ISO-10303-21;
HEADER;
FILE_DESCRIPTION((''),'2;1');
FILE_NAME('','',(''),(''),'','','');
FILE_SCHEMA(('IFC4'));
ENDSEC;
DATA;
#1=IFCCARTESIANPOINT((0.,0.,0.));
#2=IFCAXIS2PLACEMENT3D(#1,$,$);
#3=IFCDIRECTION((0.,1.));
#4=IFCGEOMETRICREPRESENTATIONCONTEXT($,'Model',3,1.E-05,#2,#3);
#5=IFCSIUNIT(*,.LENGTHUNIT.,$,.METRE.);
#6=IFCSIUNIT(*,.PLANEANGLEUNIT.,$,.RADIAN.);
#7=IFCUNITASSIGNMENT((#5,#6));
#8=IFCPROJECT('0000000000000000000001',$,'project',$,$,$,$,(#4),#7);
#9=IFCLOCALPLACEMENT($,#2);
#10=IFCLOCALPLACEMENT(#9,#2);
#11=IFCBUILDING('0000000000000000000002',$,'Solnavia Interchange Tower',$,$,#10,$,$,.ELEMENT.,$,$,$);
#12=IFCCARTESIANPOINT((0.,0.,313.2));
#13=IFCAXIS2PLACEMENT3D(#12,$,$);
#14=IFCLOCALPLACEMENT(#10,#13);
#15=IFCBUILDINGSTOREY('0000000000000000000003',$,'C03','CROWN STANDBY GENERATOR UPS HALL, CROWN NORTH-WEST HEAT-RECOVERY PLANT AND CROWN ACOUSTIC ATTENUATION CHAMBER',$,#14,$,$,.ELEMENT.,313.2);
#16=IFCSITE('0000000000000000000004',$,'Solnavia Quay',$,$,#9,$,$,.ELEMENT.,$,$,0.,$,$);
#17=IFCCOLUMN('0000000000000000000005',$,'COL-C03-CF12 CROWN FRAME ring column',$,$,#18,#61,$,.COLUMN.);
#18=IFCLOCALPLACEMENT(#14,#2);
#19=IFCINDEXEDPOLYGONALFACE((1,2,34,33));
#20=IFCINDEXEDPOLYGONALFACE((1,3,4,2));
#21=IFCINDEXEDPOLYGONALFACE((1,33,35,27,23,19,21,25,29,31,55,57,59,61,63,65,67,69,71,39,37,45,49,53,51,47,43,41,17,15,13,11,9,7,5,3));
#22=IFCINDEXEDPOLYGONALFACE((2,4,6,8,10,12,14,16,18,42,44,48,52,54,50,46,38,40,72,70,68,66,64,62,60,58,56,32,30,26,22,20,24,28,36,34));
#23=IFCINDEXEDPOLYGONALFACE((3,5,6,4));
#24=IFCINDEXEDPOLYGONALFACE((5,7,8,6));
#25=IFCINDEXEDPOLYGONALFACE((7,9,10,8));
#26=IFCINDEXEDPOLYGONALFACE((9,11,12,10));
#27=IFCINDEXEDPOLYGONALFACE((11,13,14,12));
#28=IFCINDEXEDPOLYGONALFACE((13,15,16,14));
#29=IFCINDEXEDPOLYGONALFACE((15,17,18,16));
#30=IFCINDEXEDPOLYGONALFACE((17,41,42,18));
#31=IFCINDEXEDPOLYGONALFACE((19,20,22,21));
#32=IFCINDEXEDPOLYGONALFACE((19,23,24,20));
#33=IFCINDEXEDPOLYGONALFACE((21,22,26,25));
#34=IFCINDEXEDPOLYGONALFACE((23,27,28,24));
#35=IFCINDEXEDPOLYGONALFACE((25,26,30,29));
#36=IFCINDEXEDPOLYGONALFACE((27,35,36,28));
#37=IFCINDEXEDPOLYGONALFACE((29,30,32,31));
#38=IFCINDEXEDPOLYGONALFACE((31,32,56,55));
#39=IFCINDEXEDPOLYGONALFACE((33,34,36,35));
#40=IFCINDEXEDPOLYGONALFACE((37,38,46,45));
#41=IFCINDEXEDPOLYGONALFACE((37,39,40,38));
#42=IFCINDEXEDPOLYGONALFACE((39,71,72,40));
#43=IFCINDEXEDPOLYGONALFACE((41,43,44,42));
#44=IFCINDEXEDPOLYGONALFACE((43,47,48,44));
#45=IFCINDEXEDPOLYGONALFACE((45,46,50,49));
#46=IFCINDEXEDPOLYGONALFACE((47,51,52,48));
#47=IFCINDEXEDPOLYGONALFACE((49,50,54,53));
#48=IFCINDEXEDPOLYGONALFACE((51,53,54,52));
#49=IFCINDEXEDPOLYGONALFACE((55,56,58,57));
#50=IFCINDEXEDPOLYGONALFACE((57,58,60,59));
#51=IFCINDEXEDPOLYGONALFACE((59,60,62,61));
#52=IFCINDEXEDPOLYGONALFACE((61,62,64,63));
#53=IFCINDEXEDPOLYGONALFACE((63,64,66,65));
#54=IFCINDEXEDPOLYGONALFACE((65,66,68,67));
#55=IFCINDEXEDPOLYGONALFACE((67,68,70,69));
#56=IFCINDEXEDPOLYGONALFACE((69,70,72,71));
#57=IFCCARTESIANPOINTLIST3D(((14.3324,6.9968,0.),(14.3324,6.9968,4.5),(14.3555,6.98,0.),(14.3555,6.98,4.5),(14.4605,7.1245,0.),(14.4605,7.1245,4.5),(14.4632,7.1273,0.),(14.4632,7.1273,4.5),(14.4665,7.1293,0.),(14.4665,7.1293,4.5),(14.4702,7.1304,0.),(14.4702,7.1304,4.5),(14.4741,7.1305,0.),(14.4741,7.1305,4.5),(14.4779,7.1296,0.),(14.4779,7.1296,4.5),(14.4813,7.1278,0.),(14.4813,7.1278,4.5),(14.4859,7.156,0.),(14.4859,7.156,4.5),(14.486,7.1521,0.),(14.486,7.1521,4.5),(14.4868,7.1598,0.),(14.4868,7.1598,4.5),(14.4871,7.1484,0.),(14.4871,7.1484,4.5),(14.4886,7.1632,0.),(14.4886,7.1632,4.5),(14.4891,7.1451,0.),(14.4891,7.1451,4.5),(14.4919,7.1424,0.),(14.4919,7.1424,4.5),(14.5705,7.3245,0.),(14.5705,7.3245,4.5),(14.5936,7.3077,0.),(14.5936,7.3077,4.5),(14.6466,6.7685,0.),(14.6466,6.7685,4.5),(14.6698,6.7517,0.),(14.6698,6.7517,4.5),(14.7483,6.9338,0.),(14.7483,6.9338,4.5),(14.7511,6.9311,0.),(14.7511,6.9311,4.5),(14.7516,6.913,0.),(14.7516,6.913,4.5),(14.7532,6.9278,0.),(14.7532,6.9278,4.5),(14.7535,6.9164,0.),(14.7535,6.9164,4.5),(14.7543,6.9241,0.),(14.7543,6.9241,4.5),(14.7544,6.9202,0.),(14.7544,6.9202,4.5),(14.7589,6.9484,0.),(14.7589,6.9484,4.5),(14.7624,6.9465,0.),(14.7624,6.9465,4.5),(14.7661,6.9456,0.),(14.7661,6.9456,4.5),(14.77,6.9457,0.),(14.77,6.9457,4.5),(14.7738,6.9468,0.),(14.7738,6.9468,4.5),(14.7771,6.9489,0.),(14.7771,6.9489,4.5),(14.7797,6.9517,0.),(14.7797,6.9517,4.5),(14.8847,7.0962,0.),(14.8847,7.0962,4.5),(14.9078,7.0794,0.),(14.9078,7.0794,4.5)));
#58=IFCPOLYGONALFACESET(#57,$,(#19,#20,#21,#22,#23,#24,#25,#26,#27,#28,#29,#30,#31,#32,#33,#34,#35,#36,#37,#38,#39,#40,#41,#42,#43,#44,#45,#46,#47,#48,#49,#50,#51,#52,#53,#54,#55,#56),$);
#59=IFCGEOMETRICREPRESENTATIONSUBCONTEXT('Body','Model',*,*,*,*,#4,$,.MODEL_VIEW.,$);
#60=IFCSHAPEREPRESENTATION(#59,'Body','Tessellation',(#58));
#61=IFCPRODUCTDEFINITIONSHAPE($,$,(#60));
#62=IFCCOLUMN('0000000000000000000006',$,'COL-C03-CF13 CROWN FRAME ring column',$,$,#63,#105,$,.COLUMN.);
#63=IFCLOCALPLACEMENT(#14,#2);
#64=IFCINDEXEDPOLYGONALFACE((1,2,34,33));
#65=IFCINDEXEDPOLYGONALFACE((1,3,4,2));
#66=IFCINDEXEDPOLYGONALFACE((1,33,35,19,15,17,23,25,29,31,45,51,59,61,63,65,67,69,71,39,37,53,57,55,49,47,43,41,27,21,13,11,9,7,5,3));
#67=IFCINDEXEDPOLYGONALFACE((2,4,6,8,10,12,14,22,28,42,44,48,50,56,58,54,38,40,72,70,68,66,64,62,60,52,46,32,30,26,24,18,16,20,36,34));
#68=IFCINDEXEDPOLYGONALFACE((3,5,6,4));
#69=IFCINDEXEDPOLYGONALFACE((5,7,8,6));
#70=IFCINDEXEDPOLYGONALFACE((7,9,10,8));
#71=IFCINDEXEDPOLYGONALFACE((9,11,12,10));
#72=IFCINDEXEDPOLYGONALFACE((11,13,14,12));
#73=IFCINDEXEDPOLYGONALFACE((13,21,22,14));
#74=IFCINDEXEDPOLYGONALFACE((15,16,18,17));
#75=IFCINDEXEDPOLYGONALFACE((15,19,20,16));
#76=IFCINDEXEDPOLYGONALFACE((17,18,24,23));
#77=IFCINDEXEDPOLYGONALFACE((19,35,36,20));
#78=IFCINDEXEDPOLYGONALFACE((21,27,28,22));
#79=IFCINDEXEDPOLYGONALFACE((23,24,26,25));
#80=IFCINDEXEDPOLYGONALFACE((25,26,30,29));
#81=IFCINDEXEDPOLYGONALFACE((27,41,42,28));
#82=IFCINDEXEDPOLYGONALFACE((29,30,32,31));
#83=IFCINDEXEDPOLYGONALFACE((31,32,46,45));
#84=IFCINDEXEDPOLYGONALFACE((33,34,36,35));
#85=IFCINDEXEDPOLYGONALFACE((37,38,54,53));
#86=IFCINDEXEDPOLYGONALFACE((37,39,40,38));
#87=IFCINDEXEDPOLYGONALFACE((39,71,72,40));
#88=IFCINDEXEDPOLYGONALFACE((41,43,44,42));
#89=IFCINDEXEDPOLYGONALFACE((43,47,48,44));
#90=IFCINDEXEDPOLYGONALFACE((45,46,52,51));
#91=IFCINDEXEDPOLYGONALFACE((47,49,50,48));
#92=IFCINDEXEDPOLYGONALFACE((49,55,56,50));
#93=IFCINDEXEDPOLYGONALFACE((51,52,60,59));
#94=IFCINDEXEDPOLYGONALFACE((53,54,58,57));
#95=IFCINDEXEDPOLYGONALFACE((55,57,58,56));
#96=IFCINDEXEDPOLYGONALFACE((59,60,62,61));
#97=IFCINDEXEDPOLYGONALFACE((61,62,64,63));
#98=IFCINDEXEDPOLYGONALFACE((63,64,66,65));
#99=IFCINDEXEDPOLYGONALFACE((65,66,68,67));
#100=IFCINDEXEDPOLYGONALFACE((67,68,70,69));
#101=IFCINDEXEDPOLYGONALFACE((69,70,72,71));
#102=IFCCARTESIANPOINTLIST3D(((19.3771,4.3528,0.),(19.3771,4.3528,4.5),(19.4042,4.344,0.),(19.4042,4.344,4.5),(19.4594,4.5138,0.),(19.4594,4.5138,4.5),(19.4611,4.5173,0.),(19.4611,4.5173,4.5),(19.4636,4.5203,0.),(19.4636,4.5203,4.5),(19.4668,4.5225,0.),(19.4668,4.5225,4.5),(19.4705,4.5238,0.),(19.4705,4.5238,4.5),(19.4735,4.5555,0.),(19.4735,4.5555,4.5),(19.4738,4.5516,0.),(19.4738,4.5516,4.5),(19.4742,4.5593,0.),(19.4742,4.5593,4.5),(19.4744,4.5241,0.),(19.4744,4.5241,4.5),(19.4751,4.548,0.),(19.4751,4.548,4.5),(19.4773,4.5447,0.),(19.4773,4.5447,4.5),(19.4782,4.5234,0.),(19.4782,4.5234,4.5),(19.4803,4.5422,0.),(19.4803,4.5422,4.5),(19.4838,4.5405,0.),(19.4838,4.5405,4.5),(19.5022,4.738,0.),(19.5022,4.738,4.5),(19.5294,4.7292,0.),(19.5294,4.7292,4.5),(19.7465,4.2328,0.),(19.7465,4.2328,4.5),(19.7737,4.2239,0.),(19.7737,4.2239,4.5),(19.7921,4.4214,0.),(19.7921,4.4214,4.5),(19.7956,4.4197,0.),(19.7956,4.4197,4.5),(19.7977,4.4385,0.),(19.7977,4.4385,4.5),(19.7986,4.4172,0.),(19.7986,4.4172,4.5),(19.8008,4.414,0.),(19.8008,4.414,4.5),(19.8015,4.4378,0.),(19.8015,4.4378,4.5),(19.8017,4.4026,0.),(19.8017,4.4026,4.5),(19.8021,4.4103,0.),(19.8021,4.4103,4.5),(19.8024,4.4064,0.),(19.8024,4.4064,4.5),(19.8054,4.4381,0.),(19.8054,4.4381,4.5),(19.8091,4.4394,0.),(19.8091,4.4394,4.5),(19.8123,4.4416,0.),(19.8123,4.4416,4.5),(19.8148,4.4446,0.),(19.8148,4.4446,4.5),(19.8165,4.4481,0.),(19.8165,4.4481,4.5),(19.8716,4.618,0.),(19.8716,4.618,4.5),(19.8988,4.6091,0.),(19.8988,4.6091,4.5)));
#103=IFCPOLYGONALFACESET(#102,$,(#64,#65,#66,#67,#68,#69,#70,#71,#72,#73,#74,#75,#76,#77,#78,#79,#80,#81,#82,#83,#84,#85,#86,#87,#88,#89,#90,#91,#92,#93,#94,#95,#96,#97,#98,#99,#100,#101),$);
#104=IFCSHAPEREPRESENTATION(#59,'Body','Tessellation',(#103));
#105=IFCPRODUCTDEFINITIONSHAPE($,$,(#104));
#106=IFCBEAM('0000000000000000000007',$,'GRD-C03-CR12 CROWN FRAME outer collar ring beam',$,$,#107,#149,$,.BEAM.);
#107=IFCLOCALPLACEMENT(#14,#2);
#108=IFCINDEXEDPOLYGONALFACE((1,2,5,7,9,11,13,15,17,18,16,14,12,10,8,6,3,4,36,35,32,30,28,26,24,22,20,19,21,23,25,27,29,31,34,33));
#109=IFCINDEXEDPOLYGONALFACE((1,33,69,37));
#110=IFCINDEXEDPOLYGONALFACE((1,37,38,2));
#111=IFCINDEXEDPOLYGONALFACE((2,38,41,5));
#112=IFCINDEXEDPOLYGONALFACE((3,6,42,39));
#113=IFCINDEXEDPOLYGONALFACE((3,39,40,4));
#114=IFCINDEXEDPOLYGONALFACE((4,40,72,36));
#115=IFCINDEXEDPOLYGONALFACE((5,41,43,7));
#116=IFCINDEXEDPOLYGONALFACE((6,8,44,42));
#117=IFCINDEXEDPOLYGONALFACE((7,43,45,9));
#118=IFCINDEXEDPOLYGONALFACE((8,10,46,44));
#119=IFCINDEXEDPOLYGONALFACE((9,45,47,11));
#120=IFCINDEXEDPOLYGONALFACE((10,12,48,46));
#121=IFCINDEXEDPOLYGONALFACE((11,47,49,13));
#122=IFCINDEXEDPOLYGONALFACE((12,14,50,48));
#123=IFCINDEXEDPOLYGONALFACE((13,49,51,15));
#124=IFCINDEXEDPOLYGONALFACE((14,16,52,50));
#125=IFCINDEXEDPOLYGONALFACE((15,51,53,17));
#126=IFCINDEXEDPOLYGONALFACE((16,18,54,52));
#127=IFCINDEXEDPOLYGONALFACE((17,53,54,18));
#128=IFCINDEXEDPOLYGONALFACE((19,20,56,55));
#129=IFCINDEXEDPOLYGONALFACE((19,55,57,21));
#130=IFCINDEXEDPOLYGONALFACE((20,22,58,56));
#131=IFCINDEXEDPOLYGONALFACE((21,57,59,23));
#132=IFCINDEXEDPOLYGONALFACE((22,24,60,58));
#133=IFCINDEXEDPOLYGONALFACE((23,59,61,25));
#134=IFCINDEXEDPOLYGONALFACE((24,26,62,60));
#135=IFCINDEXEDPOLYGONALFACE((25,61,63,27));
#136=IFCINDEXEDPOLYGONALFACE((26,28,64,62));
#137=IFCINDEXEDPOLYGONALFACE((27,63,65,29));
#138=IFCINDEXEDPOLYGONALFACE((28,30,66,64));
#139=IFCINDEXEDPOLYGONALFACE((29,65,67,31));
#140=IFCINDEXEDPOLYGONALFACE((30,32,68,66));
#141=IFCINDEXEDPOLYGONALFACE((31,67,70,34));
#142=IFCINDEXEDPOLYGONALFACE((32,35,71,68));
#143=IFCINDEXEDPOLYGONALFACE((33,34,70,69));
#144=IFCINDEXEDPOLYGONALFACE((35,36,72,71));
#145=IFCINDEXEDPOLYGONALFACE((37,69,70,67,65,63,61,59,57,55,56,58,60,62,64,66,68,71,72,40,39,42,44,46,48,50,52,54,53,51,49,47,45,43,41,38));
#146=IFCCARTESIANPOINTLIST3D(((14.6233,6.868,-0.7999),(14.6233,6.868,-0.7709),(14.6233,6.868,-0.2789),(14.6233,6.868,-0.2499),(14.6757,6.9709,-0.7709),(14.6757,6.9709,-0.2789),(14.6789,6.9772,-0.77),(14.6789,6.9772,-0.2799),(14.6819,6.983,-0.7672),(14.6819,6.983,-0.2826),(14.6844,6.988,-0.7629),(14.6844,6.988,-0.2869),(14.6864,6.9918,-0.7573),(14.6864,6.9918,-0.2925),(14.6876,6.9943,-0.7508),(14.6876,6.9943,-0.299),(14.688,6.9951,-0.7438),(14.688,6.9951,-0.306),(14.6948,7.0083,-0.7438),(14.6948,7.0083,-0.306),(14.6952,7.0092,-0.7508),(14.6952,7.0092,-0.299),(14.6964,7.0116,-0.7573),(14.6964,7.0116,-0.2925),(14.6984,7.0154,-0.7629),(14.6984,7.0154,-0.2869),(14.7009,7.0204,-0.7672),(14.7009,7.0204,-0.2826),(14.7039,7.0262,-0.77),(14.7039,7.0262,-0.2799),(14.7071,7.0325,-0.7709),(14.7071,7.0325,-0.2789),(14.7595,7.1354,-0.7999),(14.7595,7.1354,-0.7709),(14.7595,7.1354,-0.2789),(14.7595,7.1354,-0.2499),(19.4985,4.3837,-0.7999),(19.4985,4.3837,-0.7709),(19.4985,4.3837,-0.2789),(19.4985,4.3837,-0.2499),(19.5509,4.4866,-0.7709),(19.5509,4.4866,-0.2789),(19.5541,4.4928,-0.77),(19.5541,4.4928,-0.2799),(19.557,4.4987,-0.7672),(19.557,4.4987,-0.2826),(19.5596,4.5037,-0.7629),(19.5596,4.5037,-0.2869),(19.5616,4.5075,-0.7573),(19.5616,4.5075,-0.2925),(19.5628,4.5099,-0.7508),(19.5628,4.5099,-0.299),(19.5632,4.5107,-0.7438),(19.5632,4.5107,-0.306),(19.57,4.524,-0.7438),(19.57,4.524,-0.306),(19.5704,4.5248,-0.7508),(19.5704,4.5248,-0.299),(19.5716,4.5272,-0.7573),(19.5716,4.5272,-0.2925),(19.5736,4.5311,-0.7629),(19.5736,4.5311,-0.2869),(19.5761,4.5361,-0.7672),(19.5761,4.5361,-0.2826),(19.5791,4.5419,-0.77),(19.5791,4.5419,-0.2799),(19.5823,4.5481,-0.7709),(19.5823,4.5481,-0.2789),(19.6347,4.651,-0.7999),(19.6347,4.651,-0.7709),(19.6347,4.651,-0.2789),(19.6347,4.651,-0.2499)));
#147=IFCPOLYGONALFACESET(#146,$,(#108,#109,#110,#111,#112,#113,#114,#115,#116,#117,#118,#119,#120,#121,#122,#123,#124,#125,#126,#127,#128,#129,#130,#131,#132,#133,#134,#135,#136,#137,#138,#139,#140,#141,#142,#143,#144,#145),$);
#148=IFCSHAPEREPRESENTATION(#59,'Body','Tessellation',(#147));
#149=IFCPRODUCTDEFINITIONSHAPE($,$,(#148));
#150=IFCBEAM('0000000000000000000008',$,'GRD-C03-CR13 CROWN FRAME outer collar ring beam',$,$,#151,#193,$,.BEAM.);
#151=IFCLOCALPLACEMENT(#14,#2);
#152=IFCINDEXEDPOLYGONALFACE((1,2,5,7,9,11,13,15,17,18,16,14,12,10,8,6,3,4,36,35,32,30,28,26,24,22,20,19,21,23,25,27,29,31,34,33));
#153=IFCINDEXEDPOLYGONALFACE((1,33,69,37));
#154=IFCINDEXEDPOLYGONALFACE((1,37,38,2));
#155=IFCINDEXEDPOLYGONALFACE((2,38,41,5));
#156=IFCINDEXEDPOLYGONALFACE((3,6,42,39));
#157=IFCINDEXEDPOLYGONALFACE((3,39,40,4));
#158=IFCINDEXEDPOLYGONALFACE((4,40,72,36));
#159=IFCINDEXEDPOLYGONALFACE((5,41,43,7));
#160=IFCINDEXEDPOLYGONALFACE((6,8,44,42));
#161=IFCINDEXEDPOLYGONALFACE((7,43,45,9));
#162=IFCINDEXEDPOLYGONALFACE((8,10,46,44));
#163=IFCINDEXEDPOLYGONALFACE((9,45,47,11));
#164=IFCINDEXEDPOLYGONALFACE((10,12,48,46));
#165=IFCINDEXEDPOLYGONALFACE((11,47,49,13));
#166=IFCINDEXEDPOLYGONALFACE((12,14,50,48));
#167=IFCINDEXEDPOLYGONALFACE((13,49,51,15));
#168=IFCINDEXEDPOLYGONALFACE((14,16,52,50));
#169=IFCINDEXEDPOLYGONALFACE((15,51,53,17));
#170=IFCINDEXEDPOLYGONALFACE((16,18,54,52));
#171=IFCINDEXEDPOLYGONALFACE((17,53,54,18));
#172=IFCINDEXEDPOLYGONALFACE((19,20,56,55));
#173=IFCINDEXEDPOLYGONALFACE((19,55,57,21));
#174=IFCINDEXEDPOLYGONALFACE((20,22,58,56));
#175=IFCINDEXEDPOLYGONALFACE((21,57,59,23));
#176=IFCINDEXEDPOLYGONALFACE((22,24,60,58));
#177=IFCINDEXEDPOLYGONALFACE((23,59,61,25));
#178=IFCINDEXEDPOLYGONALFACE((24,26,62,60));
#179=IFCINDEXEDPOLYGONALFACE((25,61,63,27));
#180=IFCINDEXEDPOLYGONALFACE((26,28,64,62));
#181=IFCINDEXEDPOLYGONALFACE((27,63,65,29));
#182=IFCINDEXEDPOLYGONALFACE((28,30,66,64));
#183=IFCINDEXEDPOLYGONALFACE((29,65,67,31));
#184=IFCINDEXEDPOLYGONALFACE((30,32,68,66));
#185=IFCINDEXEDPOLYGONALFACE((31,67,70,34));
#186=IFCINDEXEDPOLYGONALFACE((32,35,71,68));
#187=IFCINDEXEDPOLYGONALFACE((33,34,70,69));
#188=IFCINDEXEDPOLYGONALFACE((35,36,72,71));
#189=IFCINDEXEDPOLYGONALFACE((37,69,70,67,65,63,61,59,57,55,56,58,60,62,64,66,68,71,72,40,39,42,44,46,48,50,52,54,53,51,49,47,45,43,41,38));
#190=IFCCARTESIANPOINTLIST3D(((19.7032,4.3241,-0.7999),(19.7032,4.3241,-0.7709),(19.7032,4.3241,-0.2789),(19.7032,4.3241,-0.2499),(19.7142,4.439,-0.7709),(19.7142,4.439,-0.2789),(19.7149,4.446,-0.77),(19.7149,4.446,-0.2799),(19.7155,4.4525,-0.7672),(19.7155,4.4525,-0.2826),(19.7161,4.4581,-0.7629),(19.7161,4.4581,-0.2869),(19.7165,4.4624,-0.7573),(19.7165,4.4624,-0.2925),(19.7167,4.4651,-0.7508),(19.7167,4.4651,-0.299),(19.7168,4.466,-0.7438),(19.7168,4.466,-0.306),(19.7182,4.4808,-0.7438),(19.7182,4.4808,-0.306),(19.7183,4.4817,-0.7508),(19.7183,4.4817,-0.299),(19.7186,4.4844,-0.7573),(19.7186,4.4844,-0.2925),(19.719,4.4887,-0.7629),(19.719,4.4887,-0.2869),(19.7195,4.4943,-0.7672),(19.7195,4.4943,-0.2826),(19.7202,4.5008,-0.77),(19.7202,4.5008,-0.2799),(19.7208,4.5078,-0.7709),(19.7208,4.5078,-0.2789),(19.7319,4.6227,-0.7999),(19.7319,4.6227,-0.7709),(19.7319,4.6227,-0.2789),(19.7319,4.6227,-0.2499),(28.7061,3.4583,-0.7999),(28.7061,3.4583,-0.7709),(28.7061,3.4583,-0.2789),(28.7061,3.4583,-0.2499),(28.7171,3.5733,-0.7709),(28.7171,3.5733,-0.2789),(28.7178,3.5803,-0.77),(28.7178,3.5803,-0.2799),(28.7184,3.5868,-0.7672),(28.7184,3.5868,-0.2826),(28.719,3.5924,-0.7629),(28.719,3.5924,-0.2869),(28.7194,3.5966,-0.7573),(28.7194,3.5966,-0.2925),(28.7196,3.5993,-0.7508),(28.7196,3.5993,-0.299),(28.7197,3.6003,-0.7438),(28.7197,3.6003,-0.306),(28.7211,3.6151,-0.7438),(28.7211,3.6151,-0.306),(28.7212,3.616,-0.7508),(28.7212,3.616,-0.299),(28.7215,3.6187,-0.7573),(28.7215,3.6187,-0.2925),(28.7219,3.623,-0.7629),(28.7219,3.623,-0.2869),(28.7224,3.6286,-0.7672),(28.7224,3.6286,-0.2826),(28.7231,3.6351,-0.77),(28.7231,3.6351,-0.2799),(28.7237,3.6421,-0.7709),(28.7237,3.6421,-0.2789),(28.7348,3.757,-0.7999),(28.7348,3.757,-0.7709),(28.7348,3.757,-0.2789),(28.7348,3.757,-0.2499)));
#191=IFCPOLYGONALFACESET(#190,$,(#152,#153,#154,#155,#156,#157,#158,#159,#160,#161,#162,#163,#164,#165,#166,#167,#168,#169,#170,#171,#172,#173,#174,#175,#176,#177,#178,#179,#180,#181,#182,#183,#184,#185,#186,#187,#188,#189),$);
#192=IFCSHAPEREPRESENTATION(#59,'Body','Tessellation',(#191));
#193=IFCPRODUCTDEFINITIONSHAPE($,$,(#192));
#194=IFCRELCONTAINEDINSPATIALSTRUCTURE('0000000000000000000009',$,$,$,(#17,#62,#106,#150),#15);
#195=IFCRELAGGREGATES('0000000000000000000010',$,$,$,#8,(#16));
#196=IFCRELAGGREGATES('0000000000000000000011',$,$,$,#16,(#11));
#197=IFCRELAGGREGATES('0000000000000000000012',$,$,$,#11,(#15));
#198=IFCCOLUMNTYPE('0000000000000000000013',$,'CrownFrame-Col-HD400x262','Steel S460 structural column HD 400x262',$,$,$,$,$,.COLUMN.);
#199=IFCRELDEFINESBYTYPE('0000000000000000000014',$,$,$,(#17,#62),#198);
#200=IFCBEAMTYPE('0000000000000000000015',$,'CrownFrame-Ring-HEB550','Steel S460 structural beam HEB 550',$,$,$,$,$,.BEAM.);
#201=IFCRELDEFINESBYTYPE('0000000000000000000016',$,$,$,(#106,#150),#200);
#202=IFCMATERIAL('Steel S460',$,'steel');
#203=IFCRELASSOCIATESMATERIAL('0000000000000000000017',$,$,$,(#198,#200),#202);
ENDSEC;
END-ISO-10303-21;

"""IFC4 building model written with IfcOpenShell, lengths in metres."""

from ifc_helpers import new_model, si_unit, direction, frame, origin, origin_2d, place, context, subcontext, project, spatial, i_section, extrude, material, material_profile, profile_set, type_object, element, save


model = new_model("IFC4")

# Units and contexts
model_context = context("Model", 3, precision=1e-05, world=origin(), true_north=direction((0.0, 1.0)))
body_context = subcontext(model_context, "Body", "Model", "MODEL_VIEW")
ifc_project = project(units=[si_unit("LENGTHUNIT", "METRE"), si_unit("PLANEANGLEUNIT", "RADIAN")], contexts=[model_context])

# Site, building, storey
site_placement = place(None, origin())
site = spatial("IfcSite", under=ifc_project, at=site_placement, Name="Solnavia Quay", CompositionType="ELEMENT", RefElevation=0.0)
building_placement = place(site_placement, origin())
building = spatial("IfcBuilding", under=site, at=building_placement, Name="Solnavia Interchange Tower", CompositionType="ELEMENT")
storey_placement = place(building_placement, frame((0.0, 0.0, 313.2)))
storey = spatial("IfcBuildingStorey", under=building, at=storey_placement, Name="C03", Description="CROWN STANDBY GENERATOR UPS HALL, CROWN NORTH-WEST HEAT-RECOVERY PLANT AND CROWN ACOUSTIC ATTENUATION CHAMBER", CompositionType="ELEMENT", Elevation=313.2)

# Columns
ifc_material_1 = material(Name="Steel S460", Category="steel")
ifc_material_profile_1 = material_profile(ifc_material_1, i_section(OverallWidth=0.405, OverallDepth=0.417, WebThickness=0.0181, FlangeThickness=0.0286, FilletRadius=0.0149, at=origin_2d()), Name="HD 400x262")
ifc_profile_set_1 = profile_set([ifc_material_profile_1], Name="Steel S460")
column_type = type_object("IfcColumnType", Name="CrownFrame-Col-HD400x262", Description="Steel S460 structural column HD 400x262", PredefinedType="COLUMN", material=ifc_profile_set_1)
for number, where, z_axis, x_axis, name in (
    (1, (14.6201, 7.0381, 0.0), (0.0, 0.0, 1.0), (-0.587785, -0.809017, 0.0), "COL-C03-CF12 CROWN FRAME ring column"),
    (2, (19.6379, 4.481, 0.0), (0.0, 0.0, 1.0), (-0.309017, -0.951057, 0.0), "COL-C03-CF13 CROWN FRAME ring column"),
):
    element("IfcColumn", number, at=place(storey_placement, frame(where, z_axis=z_axis, x_axis=x_axis)), inside=storey, type_object=column_type, Name=name, PredefinedType="COLUMN", context=body_context, shape_type="SweptSolid", body=[
        extrude(i_section(OverallWidth=0.405, OverallDepth=0.417, WebThickness=0.0181, FlangeThickness=0.0286, FilletRadius=0.0149, at=origin_2d()), origin(), (0.0, 0.0, 1.0), 4.5),
    ])

# Beams
ifc_material_profile_2 = material_profile(ifc_material_1, i_section(OverallWidth=0.3, OverallDepth=0.55, WebThickness=0.0149, FlangeThickness=0.0291, FilletRadius=0.0271, at=origin_2d()), Name="HEB 550")
ifc_profile_set_2 = profile_set([ifc_material_profile_2], Name="Steel S460")
beam_type = type_object("IfcBeamType", Name="CrownFrame-Ring-HEB550", Description="Steel S460 structural beam HEB 550", PredefinedType="BEAM", material=ifc_profile_set_2)
beam_1_placement = place(storey_placement, frame((14.6914, 7.0017, -0.5249), z_axis=(0.890983, -0.454036, 0.0), x_axis=(0.454036, 0.890983, 0.0)))
element("IfcBeam", 3, at=beam_1_placement, inside=storey, type_object=beam_type, Name="GRD-C03-CR12 CROWN FRAME outer collar ring beam", PredefinedType="BEAM", context=body_context, shape_type="SweptSolid", body=[
    extrude(i_section(OverallWidth=0.3, OverallDepth=0.55, WebThickness=0.0149, FlangeThickness=0.0291, FilletRadius=0.0271, at=origin_2d()), origin(), (0.0, 0.0, 1.0), 5.4717),
])
beam_2_placement = place(storey_placement, frame((19.7175, 4.4734, -0.5249), z_axis=(0.995408, -0.095719, 0.0), x_axis=(0.095719, 0.995408, 0.0)))
element("IfcBeam", 4, at=beam_2_placement, inside=storey, type_object=beam_type, Name="GRD-C03-CR13 CROWN FRAME outer collar ring beam", PredefinedType="BEAM", context=body_context, shape_type="SweptSolid", body=[
    extrude(i_section(OverallWidth=0.3, OverallDepth=0.55, WebThickness=0.0149, FlangeThickness=0.0291, FilletRadius=0.0271, at=origin_2d()), origin(), (0.0, 0.0, 1.0), 9.0444),
])

save(model, "model.ifc")
